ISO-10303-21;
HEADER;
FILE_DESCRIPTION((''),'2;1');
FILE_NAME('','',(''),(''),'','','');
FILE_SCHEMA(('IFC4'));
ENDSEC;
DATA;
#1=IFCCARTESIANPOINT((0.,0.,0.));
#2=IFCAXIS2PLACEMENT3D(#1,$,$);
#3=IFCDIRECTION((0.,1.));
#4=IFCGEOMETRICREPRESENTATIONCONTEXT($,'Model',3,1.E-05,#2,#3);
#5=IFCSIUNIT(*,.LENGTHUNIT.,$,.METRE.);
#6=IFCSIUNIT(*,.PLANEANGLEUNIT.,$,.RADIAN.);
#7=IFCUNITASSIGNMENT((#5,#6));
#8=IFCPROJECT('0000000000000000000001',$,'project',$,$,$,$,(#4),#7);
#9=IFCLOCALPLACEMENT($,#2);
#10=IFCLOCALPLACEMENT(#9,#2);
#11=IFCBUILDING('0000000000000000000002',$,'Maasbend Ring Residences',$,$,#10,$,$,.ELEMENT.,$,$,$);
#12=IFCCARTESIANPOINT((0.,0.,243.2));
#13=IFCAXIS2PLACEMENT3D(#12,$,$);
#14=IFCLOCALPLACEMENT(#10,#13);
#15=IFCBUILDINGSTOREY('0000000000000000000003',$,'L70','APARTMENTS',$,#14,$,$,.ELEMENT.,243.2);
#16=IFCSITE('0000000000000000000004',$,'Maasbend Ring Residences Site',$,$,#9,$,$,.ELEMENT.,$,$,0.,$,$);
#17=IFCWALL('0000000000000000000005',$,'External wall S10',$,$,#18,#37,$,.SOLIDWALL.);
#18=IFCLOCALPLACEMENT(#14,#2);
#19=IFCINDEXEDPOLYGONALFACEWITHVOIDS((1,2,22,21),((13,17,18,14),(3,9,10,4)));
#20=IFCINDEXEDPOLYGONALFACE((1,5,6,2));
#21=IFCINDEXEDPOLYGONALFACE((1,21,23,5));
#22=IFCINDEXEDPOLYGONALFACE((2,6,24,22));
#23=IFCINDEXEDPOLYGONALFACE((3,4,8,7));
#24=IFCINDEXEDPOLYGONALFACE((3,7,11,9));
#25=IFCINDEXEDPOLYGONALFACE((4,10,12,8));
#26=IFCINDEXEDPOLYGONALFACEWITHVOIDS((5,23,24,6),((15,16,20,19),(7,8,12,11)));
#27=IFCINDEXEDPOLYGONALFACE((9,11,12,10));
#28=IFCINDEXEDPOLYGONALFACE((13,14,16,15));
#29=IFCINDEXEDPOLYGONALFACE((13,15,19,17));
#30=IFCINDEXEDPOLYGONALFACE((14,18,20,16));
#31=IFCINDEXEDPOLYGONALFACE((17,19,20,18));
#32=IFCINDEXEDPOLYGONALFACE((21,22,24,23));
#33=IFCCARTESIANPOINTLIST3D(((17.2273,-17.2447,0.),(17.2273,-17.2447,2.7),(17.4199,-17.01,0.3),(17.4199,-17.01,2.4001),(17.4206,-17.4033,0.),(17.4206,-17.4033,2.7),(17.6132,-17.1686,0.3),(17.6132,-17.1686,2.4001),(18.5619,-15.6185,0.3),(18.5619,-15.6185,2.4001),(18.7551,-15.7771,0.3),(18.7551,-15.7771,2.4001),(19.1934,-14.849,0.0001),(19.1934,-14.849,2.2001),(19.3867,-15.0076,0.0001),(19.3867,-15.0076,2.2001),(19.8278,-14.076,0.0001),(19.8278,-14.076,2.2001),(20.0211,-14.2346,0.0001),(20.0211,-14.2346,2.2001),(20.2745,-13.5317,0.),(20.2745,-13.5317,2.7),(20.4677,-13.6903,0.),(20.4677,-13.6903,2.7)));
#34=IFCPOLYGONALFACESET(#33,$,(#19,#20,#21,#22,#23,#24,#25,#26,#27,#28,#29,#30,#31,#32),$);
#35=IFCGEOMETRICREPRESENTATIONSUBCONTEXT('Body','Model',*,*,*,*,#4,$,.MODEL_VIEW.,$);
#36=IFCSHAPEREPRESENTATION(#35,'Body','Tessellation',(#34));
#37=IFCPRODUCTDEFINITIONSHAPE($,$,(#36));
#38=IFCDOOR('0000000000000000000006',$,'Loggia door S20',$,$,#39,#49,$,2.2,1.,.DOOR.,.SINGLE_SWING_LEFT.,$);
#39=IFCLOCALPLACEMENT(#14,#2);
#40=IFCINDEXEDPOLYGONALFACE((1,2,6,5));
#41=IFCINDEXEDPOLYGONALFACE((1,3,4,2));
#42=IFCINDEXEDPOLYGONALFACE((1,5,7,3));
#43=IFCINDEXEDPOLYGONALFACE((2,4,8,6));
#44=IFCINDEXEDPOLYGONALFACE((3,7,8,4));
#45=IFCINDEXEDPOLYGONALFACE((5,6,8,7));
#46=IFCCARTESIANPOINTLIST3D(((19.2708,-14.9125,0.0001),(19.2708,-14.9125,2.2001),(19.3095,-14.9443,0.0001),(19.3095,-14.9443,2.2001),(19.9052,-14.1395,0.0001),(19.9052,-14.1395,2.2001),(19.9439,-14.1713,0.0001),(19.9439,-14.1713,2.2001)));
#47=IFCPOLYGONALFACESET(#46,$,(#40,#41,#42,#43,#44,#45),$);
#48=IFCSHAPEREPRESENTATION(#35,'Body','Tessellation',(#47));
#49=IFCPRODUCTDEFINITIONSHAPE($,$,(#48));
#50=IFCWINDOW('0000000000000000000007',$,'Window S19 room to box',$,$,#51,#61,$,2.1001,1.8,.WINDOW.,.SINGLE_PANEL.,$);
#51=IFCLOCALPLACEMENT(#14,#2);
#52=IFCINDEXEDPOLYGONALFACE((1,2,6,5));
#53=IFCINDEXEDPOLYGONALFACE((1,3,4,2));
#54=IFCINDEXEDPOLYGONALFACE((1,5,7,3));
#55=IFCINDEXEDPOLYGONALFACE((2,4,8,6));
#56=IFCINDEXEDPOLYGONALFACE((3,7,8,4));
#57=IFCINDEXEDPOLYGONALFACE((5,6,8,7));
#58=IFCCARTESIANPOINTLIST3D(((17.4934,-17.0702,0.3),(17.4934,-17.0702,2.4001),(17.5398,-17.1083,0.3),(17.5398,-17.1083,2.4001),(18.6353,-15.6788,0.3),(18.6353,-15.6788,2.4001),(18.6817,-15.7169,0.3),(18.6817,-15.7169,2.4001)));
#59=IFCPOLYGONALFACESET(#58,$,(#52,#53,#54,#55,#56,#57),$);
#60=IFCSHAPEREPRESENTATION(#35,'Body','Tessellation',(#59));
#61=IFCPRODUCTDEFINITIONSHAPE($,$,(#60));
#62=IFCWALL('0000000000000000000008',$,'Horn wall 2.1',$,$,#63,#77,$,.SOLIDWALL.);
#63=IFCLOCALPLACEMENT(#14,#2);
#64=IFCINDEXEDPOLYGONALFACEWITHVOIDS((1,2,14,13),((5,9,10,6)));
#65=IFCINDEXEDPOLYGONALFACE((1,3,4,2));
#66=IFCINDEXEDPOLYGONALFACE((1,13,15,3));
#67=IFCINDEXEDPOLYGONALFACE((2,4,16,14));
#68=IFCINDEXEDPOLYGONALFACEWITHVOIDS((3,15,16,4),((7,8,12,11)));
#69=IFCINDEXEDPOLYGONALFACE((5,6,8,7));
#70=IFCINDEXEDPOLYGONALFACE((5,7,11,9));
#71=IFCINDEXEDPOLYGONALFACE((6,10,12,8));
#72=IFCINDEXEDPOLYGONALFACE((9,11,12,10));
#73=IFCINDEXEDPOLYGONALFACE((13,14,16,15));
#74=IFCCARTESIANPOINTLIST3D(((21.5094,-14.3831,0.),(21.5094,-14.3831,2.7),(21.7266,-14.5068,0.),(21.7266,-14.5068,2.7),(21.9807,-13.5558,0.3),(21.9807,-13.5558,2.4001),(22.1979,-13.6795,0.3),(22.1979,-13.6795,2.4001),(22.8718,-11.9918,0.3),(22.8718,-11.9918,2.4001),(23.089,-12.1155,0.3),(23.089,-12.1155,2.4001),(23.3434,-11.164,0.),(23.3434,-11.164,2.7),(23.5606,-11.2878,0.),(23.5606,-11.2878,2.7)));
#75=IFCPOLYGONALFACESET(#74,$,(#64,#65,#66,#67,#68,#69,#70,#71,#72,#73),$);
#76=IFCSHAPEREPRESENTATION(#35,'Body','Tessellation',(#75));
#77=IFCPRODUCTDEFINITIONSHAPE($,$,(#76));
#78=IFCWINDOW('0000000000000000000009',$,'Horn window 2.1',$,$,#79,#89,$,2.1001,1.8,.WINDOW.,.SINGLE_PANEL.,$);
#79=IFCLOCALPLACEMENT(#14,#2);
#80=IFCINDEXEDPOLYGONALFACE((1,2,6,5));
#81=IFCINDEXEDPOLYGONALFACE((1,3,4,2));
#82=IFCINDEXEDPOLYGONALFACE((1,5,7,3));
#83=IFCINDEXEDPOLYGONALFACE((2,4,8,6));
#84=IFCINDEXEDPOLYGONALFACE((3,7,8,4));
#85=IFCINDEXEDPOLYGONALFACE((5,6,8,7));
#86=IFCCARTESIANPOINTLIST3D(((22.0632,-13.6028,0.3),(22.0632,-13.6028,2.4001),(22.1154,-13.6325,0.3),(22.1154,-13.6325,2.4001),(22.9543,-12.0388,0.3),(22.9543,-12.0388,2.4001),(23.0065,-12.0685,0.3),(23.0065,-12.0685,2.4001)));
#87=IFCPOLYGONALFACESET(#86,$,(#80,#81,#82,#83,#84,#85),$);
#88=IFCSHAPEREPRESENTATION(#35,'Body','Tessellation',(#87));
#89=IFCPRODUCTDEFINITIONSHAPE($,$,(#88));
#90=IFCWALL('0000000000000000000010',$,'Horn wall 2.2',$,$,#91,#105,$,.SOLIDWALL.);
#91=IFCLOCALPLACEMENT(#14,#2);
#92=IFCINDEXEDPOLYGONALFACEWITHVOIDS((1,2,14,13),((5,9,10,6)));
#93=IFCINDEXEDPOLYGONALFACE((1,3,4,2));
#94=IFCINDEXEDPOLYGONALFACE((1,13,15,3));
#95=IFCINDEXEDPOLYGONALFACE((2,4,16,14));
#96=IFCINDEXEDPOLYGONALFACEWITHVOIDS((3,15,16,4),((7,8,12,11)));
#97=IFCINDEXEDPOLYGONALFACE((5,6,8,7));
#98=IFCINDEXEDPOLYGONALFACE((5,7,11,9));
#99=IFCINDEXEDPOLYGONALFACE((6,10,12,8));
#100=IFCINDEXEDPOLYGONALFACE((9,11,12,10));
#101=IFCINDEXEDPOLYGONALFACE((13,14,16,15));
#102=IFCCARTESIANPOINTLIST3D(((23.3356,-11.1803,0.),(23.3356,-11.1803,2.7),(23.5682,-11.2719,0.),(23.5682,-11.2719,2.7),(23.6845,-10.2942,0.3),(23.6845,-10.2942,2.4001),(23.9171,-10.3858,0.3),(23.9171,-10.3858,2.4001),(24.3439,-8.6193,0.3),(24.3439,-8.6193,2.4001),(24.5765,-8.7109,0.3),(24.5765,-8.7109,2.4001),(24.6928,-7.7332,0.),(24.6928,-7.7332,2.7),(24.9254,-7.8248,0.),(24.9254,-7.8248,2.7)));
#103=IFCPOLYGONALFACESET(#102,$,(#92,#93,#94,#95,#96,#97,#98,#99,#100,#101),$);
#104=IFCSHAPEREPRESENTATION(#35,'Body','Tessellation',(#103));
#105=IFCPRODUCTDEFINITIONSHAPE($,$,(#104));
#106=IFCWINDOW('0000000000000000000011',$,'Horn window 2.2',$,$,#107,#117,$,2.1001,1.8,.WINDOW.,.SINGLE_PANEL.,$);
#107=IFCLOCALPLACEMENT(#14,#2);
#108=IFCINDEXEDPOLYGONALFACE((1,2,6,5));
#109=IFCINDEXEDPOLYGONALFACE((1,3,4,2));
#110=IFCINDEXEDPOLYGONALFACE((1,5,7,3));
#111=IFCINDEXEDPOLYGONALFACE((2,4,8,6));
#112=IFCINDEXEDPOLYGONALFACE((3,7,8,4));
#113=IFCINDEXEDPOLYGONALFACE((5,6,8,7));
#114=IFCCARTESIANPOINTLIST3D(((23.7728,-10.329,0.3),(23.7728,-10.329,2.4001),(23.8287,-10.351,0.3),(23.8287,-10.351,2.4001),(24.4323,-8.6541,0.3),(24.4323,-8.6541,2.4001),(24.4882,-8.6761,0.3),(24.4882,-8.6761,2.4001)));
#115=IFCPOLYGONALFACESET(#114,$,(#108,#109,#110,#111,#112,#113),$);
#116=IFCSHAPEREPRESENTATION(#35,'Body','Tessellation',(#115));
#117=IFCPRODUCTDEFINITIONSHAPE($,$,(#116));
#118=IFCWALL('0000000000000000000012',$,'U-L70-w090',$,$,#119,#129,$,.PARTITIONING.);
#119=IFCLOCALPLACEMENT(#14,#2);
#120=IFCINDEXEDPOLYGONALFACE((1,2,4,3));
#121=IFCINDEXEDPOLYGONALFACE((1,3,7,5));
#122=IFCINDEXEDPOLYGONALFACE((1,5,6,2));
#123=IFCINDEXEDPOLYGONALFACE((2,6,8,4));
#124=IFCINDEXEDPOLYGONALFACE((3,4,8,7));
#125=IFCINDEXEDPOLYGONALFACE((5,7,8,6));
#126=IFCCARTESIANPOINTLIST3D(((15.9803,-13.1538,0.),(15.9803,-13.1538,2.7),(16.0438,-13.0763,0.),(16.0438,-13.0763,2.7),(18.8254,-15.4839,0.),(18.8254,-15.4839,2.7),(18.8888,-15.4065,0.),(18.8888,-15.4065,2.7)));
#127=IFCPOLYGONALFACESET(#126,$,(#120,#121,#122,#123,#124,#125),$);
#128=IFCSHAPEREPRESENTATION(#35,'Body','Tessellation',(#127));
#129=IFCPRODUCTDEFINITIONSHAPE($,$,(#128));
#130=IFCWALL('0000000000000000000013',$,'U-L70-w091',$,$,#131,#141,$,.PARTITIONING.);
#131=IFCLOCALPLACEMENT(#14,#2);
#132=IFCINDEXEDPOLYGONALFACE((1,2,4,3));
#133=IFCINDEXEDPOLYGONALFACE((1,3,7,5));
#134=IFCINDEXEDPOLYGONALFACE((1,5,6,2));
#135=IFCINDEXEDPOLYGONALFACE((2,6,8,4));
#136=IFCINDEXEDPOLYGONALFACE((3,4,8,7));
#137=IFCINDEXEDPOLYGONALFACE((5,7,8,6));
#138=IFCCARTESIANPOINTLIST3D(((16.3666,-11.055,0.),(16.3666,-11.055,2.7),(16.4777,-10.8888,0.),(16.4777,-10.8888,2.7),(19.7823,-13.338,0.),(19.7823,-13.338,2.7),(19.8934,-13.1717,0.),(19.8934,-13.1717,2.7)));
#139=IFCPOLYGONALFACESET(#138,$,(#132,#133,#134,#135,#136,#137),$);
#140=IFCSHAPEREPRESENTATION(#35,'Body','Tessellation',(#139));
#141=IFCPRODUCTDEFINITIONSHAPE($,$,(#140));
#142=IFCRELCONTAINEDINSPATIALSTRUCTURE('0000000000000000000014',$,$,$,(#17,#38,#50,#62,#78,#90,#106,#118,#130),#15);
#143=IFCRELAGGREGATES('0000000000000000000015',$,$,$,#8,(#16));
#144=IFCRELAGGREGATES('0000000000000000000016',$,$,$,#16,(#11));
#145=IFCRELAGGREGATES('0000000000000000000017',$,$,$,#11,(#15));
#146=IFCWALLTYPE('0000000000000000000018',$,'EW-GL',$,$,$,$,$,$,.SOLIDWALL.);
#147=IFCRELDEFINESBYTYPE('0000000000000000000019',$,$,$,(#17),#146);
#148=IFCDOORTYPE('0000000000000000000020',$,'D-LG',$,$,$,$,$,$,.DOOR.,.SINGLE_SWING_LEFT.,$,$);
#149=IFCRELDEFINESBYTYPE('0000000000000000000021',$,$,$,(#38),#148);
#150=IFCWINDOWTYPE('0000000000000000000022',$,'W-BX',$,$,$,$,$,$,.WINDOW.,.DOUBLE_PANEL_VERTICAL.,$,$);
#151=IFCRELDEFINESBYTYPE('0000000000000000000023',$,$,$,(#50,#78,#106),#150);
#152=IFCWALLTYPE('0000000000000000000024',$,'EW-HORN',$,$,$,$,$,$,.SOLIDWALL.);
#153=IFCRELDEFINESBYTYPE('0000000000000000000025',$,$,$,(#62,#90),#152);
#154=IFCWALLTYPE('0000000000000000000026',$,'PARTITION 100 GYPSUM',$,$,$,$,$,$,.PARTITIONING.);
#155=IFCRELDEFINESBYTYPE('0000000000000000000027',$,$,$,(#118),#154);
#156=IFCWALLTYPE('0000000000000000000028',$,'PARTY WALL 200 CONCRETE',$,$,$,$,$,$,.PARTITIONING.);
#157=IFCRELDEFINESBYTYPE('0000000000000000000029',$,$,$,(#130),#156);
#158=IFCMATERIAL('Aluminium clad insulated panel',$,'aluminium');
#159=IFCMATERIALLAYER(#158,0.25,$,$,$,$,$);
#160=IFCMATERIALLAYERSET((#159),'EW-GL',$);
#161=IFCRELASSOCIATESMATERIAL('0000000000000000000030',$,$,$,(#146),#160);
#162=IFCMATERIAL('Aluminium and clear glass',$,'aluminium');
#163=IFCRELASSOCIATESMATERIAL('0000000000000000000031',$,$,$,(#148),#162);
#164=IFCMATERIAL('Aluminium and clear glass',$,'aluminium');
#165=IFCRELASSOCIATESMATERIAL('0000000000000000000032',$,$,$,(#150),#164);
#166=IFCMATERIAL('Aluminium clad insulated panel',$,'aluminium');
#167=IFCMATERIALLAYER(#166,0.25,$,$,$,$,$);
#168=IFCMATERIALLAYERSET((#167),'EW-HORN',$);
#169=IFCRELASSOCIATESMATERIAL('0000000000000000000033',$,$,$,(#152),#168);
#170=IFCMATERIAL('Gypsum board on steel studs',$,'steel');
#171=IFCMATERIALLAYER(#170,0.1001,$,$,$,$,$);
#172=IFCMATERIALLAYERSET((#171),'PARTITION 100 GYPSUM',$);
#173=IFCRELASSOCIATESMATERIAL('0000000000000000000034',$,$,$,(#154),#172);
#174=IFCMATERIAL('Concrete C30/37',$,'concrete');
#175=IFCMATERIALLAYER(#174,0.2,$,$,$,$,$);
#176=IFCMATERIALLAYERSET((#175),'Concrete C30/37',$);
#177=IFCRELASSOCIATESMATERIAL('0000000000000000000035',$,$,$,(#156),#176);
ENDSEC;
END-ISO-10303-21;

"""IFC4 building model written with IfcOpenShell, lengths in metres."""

from ifc_helpers import new_model, si_unit, direction, frame, frame_2d, origin, place, context, subcontext, project, spatial, rectangle, extrude, material, layer, layer_set, type_object, element, fill, save


model = new_model("IFC4")

# Units and contexts
model_context = context("Model", 3, precision=1e-05, world=origin(), true_north=direction((0.0, 1.0)))
body_context = subcontext(model_context, "Body", "Model", "MODEL_VIEW")
ifc_project = project(units=[si_unit("LENGTHUNIT", "METRE"), si_unit("PLANEANGLEUNIT", "RADIAN")], contexts=[model_context])

# Site, building, storey
site_placement = place(None, origin())
site = spatial("IfcSite", under=ifc_project, at=site_placement, Name="Maasbend Ring Residences Site", CompositionType="ELEMENT", RefElevation=0.0)
building_placement = place(site_placement, origin())
building = spatial("IfcBuilding", under=site, at=building_placement, Name="Maasbend Ring Residences", CompositionType="ELEMENT")
storey_placement = place(building_placement, frame((0.0, 0.0, 243.2)))
storey = spatial("IfcBuildingStorey", under=building, at=storey_placement, Name="L70", Description="APARTMENTS", CompositionType="ELEMENT", Elevation=243.2)

# Wall, openings, door, window
ifc_material_1 = material(Name="Aluminium clad insulated panel", Category="aluminium")
ifc_layer_1 = layer(ifc_material_1, 0.25)
ifc_layer_set_1 = layer_set([ifc_layer_1], Name="EW-GL")
wall_type_1 = type_object("IfcWallType", Name="EW-GL", PredefinedType="SOLIDWALL", material=ifc_layer_set_1)
wall_1_placement = place(storey_placement, frame((17.324, -17.324, 0.0), z_axis=(0.0, 0.0, 1.0), x_axis=(0.634397, 0.773008, 0.0)))
wall_1 = element("IfcWall", 1, at=wall_1_placement, inside=storey, type_object=wall_type_1, Name="External wall S10", PredefinedType="SOLIDWALL", context=body_context, shape_type="SweptSolid", body=[
    extrude(rectangle(XDim=4.8032, YDim=0.25, at=frame_2d((2.4016, 0.0))), origin(), (0.0, 0.0, 1.0), 2.7),
])
opening_1_placement = place(wall_1_placement, frame((0.3037, 0.0, 0.3)))
opening_1 = element("IfcOpeningElement", 2, at=opening_1_placement, cuts=wall_1, PredefinedType="OPENING", context=body_context, shape_type="SweptSolid", body=[
    extrude(rectangle(XDim=1.8, YDim=2.1001, at=frame_2d((0.8999, 1.05))), frame((0.0, 0.135, 0.0), z_axis=(0.0, -1.0, 0.0), x_axis=(1.0, 0.0, 0.0)), (0.0, 0.0, 1.0), 0.27),
])
opening_2_placement = place(wall_1_placement, frame((3.0991, 0.0, 0.0)))
opening_2 = element("IfcOpeningElement", 3, at=opening_2_placement, cuts=wall_1, PredefinedType="OPENING", context=body_context, shape_type="SweptSolid", body=[
    extrude(rectangle(XDim=1.0, YDim=2.2, at=frame_2d((0.5, 1.1001))), frame((0.0, 0.135, 0.0), z_axis=(0.0, -1.0, 0.0), x_axis=(1.0, 0.0, 0.0)), (0.0, 0.0, 1.0), 0.27),
])
ifc_material_2 = material(Name="Aluminium and clear glass", Category="aluminium")
door_type = type_object("IfcDoorType", Name="D-LG", OperationType="SINGLE_SWING_LEFT", PredefinedType="DOOR", material=ifc_material_2)
door_placement = place(opening_2_placement, origin())
door = element("IfcDoor", 4, at=door_placement, inside=storey, type_object=door_type, Name="Loggia door S20", OperationType="SINGLE_SWING_LEFT", OverallHeight=2.2, OverallWidth=1.0, PredefinedType="DOOR", context=body_context, shape_type="SweptSolid", body=[
    extrude(rectangle(XDim=1.0, YDim=2.2, at=frame_2d((0.5, 1.1001))), frame((0.0, 0.0249, 0.0), z_axis=(0.0, -1.0, 0.0), x_axis=(1.0, 0.0, 0.0)), (0.0, 0.0, 1.0), 0.05),
])
fill(opening_2, door)
ifc_material_3 = material(Name="Aluminium and clear glass", Category="aluminium")
window_type_1 = type_object("IfcWindowType", Name="W-BX", PartitioningType="DOUBLE_PANEL_VERTICAL", PredefinedType="WINDOW", material=ifc_material_3)
window_1_placement = place(opening_1_placement, origin())
window_1 = element("IfcWindow", 5, at=window_1_placement, inside=storey, type_object=window_type_1, Name="Window S19 room to box", OverallHeight=2.1001, OverallWidth=1.8, PartitioningType="SINGLE_PANEL", PredefinedType="WINDOW", context=body_context, shape_type="SweptSolid", body=[
    extrude(rectangle(XDim=1.8, YDim=2.1001, at=frame_2d((0.8999, 1.05))), frame((0.0, 0.03, 0.0), z_axis=(0.0, -1.0, 0.0), x_axis=(1.0, 0.0, 0.0)), (0.0, 0.0, 1.0), 0.0601),
])
fill(opening_1, window_1)

# Walls, openings, windows
ifc_material_4 = material(Name="Aluminium clad insulated panel", Category="aluminium")
ifc_layer_2 = layer(ifc_material_4, 0.25)
ifc_layer_set_2 = layer_set([ifc_layer_2], Name="EW-HORN")
wall_type_2 = type_object("IfcWallType", Name="EW-HORN", PredefinedType="SOLIDWALL", material=ifc_layer_set_2)
wall_2_placement = place(storey_placement, frame((21.6179, -14.4451, 0.0), z_axis=(0.0, 0.0, 1.0), x_axis=(0.495031, 0.868875, 0.0)))
wall_2 = element("IfcWall", 6, at=wall_2_placement, inside=storey, type_object=wall_type_2, Name="Horn wall 2.1", PredefinedType="SOLIDWALL", context=body_context, shape_type="SweptSolid", body=[
    extrude(rectangle(XDim=3.7048, YDim=0.25, at=frame_2d((1.8525, 0.0))), origin(), (0.0, 0.0, 1.0), 2.7),
])
opening_3_placement = place(wall_2_placement, frame((0.9524, 0.0, 0.3)))
opening_3 = element("IfcOpeningElement", 7, at=opening_3_placement, cuts=wall_2, PredefinedType="OPENING", context=body_context, shape_type="SweptSolid", body=[
    extrude(rectangle(XDim=1.8, YDim=2.1001, at=frame_2d((0.8999, 1.05))), frame((0.0, 0.135, 0.0), z_axis=(0.0, -1.0, 0.0), x_axis=(1.0, 0.0, 0.0)), (0.0, 0.0, 1.0), 0.27),
])
window_2_placement = place(opening_3_placement, origin())
window_2 = element("IfcWindow", 8, at=window_2_placement, inside=storey, type_object=window_type_1, Name="Horn window 2.1", OverallHeight=2.1001, OverallWidth=1.8, PartitioningType="SINGLE_PANEL", PredefinedType="WINDOW", context=body_context, shape_type="SweptSolid", body=[
    extrude(rectangle(XDim=1.8, YDim=2.1001, at=frame_2d((0.8999, 1.05))), frame((0.0, 0.03, 0.0), z_axis=(0.0, -1.0, 0.0), x_axis=(1.0, 0.0, 0.0)), (0.0, 0.0, 1.0), 0.0601),
])
fill(opening_3, window_2)
wall_3_placement = place(storey_placement, frame((23.4519, -11.2261, 0.0), z_axis=(0.0, 0.0, 1.0), x_axis=(0.366352, 0.930476, 0.0)))
wall_3 = element("IfcWall", 9, at=wall_3_placement, inside=storey, type_object=wall_type_2, Name="Horn wall 2.2", PredefinedType="SOLIDWALL", context=body_context, shape_type="SweptSolid", body=[
    extrude(rectangle(XDim=3.7046, YDim=0.25, at=frame_2d((1.8523, 0.0))), origin(), (0.0, 0.0, 1.0), 2.7),
])
opening_4_placement = place(wall_3_placement, frame((0.9524, 0.0, 0.3)))
opening_4 = element("IfcOpeningElement", 10, at=opening_4_placement, cuts=wall_3, PredefinedType="OPENING", context=body_context, shape_type="SweptSolid", body=[
    extrude(rectangle(XDim=1.8, YDim=2.1001, at=frame_2d((0.8999, 1.05))), frame((0.0, 0.135, 0.0), z_axis=(0.0, -1.0, 0.0), x_axis=(1.0, 0.0, 0.0)), (0.0, 0.0, 1.0), 0.27),
])
window_3_placement = place(opening_4_placement, origin())
window_3 = element("IfcWindow", 11, at=window_3_placement, inside=storey, type_object=window_type_1, Name="Horn window 2.2", OverallHeight=2.1001, OverallWidth=1.8, PartitioningType="SINGLE_PANEL", PredefinedType="WINDOW", context=body_context, shape_type="SweptSolid", body=[
    extrude(rectangle(XDim=1.8, YDim=2.1001, at=frame_2d((0.8999, 1.05))), frame((0.0, 0.03, 0.0), z_axis=(0.0, -1.0, 0.0), x_axis=(1.0, 0.0, 0.0)), (0.0, 0.0, 1.0), 0.0601),
])
fill(opening_4, window_3)

# Walls
ifc_material_5 = material(Name="Gypsum board on steel studs", Category="steel")
ifc_layer_3 = layer(ifc_material_5, 0.1001)
ifc_layer_set_3 = layer_set([ifc_layer_3], Name="PARTITION 100 GYPSUM")
wall_type_3 = type_object("IfcWallType", Name="PARTITION 100 GYPSUM", PredefinedType="PARTITIONING", material=ifc_layer_set_3)
wall_4_placement = place(storey_placement, frame((16.012, -13.115, 0.0), z_axis=(0.0, 0.0, 1.0), x_axis=(0.773641, -0.633625, 0.0)))
element("IfcWall", 12, at=wall_4_placement, inside=storey, type_object=wall_type_3, Name="U-L70-w090", PredefinedType="PARTITIONING", context=body_context, shape_type="SweptSolid", body=[
    extrude(rectangle(XDim=3.6775, YDim=0.1001, at=frame_2d((1.8389, 0.0))), origin(), (0.0, 0.0, 1.0), 2.7),
])
ifc_material_6 = material(Name="Concrete C30/37", Category="concrete")
ifc_layer_4 = layer(ifc_material_6, 0.2)
ifc_layer_set_4 = layer_set([ifc_layer_4], Name="Concrete C30/37")
wall_type_4 = type_object("IfcWallType", Name="PARTY WALL 200 CONCRETE", PredefinedType="PARTITIONING", material=ifc_layer_set_4)
wall_5_placement = place(storey_placement, frame((16.4221, -10.9719, 0.0), z_axis=(0.0, 0.0, 1.0), x_axis=(0.831401, -0.555673, 0.0)))
element("IfcWall", 13, at=wall_5_placement, inside=storey, type_object=wall_type_4, Name="U-L70-w091", PredefinedType="PARTITIONING", context=body_context, shape_type="SweptSolid", body=[
    extrude(rectangle(XDim=4.1084, YDim=0.2, at=frame_2d((2.0542, 0.0))), origin(), (0.0, 0.0, 1.0), 2.7),
])

save(model, "model.ifc")
